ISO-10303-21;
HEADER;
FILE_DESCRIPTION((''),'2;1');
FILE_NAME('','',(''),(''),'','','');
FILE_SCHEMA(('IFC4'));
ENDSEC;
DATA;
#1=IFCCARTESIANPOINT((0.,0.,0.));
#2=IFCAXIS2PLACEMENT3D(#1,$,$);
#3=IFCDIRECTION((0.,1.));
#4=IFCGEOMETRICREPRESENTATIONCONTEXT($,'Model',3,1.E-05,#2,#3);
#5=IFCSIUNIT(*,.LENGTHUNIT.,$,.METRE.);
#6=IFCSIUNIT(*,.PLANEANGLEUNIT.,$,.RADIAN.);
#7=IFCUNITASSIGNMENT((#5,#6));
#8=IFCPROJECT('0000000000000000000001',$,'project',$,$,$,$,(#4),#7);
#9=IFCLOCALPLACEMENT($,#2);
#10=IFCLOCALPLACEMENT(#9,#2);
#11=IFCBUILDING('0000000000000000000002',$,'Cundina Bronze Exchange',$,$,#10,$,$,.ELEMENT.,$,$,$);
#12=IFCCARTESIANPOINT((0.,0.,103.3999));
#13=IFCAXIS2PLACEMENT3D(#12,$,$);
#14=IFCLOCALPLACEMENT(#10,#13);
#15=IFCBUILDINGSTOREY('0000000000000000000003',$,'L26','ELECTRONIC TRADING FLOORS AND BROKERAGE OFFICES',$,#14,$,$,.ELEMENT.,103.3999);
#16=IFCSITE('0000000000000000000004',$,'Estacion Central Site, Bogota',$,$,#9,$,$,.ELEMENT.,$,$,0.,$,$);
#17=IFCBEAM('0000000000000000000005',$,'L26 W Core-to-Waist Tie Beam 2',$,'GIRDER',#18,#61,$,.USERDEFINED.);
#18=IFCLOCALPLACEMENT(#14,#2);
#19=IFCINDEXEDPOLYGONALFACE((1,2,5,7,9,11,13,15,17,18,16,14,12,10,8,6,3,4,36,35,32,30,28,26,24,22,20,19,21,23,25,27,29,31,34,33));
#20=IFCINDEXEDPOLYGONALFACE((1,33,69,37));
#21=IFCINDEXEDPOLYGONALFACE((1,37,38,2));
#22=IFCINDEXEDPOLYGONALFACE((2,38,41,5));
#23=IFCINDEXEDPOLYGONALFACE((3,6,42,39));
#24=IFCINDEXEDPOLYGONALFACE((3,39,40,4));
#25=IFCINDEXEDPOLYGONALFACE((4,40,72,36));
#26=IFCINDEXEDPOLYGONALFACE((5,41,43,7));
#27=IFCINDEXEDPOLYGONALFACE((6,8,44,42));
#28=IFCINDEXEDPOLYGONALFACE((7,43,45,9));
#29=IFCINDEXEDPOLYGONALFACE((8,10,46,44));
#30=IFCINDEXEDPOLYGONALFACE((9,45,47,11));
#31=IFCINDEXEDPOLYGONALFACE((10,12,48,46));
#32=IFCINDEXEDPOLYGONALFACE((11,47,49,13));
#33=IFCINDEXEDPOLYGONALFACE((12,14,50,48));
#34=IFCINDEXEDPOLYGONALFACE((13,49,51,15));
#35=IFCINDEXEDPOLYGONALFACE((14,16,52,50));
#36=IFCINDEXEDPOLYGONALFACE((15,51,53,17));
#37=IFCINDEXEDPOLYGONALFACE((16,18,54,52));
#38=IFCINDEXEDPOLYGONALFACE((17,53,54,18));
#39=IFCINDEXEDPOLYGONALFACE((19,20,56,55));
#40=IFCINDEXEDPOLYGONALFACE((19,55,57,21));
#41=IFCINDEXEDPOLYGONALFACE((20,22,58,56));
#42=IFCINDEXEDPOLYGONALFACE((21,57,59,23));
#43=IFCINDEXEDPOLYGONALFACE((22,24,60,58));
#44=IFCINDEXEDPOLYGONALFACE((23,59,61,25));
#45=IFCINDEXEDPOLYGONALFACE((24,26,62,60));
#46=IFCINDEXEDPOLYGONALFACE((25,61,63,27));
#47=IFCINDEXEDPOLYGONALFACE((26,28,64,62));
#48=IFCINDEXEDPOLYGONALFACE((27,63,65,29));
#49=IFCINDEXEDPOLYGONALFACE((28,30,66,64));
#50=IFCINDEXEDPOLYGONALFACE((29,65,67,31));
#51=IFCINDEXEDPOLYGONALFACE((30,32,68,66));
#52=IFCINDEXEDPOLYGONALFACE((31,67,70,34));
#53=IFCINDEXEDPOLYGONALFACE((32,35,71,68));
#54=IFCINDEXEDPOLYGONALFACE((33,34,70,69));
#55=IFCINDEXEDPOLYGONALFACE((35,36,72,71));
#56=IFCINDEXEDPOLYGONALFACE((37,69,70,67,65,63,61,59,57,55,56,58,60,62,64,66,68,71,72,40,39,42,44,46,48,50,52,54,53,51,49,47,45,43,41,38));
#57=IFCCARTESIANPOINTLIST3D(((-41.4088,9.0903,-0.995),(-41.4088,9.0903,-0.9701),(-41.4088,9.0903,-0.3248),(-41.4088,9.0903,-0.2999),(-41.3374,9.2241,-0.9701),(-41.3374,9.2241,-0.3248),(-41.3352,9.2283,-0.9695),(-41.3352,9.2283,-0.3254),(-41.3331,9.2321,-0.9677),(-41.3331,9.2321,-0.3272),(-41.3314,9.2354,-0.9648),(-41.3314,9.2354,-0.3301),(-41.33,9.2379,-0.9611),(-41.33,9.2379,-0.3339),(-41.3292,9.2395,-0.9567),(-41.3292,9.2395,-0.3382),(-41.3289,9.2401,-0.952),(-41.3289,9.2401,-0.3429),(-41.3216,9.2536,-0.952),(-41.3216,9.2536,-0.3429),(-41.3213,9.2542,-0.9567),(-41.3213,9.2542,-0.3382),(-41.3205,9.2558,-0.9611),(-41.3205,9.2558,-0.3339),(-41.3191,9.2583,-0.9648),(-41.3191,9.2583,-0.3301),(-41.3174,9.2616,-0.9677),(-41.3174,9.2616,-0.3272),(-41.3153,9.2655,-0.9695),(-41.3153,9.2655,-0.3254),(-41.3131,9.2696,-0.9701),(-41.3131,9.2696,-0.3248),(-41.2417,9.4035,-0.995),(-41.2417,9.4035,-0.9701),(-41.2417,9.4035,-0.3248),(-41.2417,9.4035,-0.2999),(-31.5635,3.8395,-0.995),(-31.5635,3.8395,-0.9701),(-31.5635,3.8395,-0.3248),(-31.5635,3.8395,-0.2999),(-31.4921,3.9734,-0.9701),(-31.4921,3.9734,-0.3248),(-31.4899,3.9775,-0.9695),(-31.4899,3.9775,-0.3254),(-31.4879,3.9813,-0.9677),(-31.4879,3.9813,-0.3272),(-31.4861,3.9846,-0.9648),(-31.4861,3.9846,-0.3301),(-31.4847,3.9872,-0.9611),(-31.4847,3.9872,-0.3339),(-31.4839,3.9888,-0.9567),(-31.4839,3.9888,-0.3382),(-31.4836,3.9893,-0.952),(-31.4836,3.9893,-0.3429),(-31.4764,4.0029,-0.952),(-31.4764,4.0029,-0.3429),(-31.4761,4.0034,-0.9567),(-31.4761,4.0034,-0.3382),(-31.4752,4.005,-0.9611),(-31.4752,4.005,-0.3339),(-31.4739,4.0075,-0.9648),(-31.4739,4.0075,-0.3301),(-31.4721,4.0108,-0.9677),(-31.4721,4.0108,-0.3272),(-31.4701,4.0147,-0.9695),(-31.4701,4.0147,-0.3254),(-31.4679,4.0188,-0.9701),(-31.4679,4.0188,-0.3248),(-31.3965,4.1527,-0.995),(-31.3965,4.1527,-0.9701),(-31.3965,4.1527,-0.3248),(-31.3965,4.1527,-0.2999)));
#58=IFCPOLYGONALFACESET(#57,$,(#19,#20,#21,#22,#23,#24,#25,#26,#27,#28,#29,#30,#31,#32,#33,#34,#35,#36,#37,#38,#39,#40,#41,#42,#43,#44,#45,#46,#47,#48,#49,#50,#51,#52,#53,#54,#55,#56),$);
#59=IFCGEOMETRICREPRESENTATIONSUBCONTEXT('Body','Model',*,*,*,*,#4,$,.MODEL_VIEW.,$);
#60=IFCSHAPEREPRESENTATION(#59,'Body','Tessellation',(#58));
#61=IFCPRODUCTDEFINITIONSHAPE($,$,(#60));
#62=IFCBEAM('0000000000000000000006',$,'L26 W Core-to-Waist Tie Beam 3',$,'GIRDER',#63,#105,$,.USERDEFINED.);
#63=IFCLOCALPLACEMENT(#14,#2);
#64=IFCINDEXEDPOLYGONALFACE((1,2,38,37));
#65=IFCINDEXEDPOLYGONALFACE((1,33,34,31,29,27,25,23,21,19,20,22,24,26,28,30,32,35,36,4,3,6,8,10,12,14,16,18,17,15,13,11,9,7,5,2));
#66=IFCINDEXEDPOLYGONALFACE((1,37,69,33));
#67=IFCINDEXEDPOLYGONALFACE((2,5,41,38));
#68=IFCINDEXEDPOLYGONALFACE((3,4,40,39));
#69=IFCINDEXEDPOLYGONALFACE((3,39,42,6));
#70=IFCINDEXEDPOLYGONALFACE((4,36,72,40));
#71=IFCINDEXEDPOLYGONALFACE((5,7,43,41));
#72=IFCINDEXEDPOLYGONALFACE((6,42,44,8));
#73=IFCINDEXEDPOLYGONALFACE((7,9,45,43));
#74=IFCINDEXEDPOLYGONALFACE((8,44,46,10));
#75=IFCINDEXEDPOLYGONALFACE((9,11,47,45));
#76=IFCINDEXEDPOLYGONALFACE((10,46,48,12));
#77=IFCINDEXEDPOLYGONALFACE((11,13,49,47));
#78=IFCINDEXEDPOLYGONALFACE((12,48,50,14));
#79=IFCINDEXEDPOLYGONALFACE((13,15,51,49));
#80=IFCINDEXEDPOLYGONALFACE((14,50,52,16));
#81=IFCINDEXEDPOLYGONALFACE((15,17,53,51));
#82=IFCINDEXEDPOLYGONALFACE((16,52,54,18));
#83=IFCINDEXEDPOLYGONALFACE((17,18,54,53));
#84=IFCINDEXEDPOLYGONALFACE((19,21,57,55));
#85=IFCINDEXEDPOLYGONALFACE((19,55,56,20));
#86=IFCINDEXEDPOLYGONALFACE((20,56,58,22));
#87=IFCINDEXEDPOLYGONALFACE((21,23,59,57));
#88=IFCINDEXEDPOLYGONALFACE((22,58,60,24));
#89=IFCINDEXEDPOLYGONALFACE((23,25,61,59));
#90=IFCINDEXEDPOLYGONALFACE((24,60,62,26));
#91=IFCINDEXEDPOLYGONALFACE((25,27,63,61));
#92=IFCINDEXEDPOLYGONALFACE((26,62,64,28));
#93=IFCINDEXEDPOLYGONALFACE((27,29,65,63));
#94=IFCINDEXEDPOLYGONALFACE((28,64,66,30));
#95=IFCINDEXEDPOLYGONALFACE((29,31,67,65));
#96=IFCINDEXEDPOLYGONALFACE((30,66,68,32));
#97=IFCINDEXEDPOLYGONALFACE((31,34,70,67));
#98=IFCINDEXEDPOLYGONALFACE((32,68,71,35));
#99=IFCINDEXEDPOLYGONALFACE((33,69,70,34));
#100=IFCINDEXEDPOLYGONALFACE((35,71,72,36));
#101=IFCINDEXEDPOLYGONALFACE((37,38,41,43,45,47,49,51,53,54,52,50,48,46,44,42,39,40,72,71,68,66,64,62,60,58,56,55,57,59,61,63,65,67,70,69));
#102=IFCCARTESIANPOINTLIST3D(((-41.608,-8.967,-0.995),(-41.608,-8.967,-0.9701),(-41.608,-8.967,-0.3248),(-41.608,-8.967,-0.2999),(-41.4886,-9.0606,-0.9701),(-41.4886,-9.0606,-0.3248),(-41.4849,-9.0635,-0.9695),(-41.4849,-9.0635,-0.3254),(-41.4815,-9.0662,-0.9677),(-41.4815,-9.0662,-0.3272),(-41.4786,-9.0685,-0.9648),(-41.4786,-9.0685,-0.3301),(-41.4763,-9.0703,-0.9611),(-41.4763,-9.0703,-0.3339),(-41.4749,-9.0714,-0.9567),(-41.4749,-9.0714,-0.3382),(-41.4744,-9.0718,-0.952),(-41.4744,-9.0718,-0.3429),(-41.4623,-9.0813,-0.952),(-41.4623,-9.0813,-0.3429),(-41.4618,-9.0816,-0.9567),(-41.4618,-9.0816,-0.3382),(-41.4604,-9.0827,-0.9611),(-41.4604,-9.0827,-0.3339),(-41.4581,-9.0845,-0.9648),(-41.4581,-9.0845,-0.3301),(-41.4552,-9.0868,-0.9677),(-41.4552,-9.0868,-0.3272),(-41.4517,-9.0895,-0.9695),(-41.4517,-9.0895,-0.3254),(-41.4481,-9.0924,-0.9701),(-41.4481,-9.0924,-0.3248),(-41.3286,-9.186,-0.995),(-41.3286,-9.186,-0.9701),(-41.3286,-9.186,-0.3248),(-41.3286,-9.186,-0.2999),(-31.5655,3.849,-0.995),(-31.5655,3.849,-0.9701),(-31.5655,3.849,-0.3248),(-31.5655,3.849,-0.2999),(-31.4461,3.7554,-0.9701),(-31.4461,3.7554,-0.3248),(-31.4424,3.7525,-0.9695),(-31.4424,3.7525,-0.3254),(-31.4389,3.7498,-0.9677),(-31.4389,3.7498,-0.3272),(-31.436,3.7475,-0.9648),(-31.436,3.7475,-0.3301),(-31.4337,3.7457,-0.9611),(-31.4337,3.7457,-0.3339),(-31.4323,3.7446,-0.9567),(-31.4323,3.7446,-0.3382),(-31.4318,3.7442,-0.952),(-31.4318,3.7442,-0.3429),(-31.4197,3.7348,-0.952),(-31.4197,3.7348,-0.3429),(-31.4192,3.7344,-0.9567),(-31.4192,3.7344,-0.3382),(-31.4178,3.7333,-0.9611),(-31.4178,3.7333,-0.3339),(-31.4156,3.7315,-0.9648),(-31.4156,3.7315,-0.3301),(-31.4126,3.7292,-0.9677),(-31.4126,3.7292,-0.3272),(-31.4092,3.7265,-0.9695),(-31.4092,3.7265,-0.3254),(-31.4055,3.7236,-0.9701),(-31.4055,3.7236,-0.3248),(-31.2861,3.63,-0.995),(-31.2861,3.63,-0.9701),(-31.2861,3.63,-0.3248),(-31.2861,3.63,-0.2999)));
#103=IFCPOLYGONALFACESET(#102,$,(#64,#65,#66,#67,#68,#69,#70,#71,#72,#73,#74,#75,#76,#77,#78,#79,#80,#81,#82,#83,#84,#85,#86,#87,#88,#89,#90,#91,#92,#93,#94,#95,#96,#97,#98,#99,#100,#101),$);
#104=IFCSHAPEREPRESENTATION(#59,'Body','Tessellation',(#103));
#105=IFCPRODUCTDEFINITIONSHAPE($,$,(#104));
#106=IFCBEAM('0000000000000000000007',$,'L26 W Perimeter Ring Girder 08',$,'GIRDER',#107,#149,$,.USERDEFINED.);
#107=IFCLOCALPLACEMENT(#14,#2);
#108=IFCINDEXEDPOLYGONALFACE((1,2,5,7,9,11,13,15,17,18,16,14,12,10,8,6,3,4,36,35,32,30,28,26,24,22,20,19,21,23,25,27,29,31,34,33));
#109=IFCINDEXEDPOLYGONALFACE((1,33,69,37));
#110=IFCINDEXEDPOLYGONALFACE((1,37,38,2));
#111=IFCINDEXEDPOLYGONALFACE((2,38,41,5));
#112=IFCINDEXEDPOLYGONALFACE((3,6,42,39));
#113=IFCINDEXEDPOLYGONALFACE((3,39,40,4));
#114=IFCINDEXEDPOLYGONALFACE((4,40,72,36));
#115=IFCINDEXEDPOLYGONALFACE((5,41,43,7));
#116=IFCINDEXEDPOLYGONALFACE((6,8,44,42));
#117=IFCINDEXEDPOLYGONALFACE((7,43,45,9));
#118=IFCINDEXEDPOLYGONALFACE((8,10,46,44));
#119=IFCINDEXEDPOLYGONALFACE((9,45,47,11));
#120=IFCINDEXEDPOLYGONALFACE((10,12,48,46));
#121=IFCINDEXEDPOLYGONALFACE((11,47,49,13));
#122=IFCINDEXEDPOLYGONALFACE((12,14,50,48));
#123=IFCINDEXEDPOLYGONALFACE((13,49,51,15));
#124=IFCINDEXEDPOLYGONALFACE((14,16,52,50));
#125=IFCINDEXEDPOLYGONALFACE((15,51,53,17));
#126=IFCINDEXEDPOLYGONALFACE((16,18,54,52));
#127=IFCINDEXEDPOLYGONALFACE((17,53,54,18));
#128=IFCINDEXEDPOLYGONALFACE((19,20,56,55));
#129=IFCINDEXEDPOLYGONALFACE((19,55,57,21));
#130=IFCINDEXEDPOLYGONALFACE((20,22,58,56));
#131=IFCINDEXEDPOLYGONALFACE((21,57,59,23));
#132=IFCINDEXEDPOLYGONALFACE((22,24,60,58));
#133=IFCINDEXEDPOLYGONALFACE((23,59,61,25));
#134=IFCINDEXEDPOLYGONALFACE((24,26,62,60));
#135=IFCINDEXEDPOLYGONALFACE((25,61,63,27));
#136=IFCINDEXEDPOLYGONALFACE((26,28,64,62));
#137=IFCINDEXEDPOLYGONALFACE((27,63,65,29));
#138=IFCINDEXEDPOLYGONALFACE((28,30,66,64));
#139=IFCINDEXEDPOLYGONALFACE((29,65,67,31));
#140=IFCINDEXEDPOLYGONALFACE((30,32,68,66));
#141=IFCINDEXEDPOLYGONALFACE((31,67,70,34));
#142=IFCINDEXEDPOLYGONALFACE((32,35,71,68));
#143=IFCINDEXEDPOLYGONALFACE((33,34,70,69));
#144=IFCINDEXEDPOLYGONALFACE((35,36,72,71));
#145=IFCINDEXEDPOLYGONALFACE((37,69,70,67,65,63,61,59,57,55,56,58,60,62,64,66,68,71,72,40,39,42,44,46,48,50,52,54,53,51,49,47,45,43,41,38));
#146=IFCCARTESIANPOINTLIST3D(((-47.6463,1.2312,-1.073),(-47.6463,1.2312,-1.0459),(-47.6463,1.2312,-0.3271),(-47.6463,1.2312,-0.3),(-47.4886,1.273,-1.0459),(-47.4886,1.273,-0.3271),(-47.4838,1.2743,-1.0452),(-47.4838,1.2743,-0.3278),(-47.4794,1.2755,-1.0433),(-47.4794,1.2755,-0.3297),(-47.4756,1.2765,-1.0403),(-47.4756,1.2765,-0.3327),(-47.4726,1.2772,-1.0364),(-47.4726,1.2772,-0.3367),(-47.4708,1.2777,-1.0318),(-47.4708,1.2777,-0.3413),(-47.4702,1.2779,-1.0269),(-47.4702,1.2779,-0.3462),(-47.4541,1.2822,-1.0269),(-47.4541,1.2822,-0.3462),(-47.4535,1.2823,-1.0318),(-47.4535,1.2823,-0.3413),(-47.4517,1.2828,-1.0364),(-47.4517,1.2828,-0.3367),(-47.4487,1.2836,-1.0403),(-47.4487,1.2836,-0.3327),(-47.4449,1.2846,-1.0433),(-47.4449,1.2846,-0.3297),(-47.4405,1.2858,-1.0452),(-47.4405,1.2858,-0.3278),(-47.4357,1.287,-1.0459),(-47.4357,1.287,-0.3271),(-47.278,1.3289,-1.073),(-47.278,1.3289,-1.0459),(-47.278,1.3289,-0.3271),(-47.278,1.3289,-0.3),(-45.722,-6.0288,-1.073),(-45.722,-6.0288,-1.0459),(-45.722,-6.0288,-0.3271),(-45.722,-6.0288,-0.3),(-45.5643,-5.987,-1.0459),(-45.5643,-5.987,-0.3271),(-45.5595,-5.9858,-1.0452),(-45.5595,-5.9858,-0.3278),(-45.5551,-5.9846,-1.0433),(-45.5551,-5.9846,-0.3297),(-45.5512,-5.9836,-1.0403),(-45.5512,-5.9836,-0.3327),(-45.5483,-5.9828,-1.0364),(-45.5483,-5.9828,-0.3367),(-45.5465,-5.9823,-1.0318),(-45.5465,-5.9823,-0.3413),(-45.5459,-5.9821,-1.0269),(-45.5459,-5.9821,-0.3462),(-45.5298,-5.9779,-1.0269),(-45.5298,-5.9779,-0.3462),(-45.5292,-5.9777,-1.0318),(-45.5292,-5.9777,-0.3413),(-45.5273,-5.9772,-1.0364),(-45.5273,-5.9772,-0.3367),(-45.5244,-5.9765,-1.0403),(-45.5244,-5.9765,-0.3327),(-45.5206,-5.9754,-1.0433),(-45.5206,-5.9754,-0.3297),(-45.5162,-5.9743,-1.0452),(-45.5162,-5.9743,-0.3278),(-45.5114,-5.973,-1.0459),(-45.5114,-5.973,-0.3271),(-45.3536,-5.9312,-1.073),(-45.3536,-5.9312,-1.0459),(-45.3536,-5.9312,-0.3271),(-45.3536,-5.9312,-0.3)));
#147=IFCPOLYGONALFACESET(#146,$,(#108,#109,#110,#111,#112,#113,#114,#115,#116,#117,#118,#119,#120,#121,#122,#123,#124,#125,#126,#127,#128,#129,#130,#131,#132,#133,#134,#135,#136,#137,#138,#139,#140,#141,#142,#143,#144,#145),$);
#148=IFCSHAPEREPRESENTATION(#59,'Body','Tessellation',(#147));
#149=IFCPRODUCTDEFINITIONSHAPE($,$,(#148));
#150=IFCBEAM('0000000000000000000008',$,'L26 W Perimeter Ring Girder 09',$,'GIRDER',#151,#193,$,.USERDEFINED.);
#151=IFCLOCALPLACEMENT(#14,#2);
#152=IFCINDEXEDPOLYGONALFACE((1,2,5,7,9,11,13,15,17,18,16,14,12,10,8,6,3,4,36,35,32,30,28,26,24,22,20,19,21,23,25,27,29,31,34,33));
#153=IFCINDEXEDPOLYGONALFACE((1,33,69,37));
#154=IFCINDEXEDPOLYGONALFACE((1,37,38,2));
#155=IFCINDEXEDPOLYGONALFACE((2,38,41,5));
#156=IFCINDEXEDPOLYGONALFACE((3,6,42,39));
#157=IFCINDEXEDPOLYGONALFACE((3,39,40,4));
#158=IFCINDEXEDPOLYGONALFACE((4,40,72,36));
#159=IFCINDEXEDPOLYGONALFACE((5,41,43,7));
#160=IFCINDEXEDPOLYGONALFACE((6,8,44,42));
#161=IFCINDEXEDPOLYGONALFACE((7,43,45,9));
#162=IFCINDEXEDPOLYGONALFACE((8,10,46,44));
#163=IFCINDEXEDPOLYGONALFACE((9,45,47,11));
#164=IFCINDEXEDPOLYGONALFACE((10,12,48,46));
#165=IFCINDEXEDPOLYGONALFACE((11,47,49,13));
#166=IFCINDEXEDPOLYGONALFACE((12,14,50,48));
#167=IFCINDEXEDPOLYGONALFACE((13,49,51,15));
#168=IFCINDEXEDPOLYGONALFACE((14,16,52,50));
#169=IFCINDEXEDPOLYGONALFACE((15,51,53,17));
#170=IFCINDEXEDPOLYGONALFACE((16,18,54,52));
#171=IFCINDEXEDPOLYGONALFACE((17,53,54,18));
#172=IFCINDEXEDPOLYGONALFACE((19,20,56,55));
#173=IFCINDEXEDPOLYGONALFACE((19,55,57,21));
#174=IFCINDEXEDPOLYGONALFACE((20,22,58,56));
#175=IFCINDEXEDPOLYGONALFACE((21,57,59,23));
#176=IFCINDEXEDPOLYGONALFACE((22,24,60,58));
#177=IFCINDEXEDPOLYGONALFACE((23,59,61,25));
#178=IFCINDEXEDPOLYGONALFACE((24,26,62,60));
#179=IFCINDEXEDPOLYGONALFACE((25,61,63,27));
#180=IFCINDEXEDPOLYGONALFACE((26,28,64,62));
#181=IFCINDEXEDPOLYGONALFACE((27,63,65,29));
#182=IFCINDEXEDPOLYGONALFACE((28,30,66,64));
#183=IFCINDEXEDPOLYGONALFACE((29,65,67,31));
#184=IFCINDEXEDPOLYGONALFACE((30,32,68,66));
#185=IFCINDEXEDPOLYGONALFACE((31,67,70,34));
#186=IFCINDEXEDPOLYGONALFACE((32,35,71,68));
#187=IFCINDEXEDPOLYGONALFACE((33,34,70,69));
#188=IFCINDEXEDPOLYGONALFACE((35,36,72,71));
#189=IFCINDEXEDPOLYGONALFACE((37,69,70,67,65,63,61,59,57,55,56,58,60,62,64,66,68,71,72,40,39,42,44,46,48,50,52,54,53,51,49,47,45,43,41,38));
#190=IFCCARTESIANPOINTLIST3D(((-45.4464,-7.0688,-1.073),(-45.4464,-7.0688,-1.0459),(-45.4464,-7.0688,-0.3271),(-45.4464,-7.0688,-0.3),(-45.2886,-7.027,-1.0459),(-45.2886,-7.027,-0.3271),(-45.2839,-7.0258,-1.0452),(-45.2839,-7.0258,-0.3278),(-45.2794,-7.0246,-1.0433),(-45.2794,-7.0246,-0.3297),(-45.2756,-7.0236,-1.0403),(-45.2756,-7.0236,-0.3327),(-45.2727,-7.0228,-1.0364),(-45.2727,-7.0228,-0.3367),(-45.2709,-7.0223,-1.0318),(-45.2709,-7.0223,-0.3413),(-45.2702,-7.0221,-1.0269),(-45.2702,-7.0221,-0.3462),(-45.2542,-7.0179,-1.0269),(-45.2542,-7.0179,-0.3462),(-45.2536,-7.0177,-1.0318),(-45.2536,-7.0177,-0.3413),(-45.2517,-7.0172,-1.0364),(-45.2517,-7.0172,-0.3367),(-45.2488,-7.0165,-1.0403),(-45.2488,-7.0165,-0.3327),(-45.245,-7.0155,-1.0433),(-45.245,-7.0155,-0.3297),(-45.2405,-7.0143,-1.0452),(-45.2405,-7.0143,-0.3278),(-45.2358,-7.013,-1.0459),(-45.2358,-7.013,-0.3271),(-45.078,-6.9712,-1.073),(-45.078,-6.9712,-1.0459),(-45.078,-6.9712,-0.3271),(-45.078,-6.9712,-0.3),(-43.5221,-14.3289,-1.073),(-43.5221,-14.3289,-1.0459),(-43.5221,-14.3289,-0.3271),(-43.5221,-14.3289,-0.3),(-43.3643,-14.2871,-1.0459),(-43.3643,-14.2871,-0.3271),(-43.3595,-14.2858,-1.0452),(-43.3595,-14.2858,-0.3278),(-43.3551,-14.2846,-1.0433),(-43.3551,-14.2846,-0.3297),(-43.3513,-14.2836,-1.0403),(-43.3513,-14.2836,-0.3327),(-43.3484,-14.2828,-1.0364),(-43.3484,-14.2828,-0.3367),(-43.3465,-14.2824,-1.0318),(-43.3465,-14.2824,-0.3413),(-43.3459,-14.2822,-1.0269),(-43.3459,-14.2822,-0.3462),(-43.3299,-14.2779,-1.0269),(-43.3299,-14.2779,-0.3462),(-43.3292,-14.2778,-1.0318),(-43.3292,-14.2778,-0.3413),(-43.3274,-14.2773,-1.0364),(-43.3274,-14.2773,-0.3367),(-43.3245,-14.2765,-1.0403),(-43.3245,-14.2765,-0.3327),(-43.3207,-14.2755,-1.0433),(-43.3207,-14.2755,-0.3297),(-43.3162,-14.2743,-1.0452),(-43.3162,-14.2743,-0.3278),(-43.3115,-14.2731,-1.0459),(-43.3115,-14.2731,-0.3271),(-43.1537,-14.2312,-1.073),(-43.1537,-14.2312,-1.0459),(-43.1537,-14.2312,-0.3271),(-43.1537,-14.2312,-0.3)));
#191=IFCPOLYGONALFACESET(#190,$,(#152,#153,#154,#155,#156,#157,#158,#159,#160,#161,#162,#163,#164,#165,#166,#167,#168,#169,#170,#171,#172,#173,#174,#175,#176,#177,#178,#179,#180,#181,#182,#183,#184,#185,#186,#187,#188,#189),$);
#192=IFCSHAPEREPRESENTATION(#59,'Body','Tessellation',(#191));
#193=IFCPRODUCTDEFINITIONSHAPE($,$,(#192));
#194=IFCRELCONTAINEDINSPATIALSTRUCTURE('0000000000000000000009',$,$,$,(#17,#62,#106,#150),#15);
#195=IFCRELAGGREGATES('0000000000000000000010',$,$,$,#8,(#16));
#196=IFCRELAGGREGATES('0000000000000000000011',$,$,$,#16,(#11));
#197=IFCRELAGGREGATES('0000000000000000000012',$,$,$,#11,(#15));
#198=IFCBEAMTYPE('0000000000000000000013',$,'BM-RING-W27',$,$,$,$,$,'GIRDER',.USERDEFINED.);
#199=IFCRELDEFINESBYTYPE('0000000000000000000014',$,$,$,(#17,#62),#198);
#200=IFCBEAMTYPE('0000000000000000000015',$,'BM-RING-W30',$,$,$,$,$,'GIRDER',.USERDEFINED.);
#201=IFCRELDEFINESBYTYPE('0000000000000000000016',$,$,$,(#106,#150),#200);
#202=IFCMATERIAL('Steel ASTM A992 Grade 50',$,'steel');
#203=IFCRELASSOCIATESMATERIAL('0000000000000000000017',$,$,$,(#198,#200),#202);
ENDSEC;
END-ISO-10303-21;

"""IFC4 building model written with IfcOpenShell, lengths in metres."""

from ifc_helpers import new_model, si_unit, direction, frame, origin, origin_2d, place, context, subcontext, project, spatial, i_section, extrude, material, material_profile, profile_set, type_object, element, save


model = new_model("IFC4")

# Units and contexts
model_context = context("Model", 3, precision=1e-05, world=origin(), true_north=direction((0.0, 1.0)))
body_context = subcontext(model_context, "Body", "Model", "MODEL_VIEW")
ifc_project = project(units=[si_unit("LENGTHUNIT", "METRE"), si_unit("PLANEANGLEUNIT", "RADIAN")], contexts=[model_context])

# Site, building, storey
site_placement = place(None, origin())
site = spatial("IfcSite", under=ifc_project, at=site_placement, Name="Estacion Central Site, Bogota", CompositionType="ELEMENT", RefElevation=0.0)
building_placement = place(site_placement, origin())
building = spatial("IfcBuilding", under=site, at=building_placement, Name="Cundina Bronze Exchange", CompositionType="ELEMENT")
storey_placement = place(building_placement, frame((0.0, 0.0, 103.3999)))
storey = spatial("IfcBuildingStorey", under=building, at=storey_placement, Name="L26", Description="ELECTRONIC TRADING FLOORS AND BROKERAGE OFFICES", CompositionType="ELEMENT", Elevation=103.3999)

# Shared definitions
ifc_material_1 = material(Name="Steel ASTM A992 Grade 50", Category="steel")

# Beams
ifc_material_profile_1 = material_profile(ifc_material_1, i_section(OverallWidth=0.355, OverallDepth=0.6951, WebThickness=0.0154, FlangeThickness=0.0249, FilletRadius=0.0181, at=origin_2d()), Name="W27X146", Category="steel")
ifc_profile_set_1 = profile_set([ifc_material_profile_1], Name="Steel ASTM A992 Grade 50")
beam_type_1 = type_object("IfcBeamType", Name="BM-RING-W27", ElementType="GIRDER", PredefinedType="USERDEFINED", material=ifc_profile_set_1)
beam_1_placement = place(storey_placement, frame((-31.48, 3.9961, -0.6475), z_axis=(-0.882355, 0.470585, 0.0), x_axis=(-0.470585, -0.882355, 0.0)))
element("IfcBeam", 1, at=beam_1_placement, inside=storey, type_object=beam_type_1, Name="L26 W Core-to-Waist Tie Beam 2", ObjectType="GIRDER", PredefinedType="USERDEFINED", context=body_context, shape_type="SweptSolid", body=[
    extrude(i_section(OverallWidth=0.355, OverallDepth=0.6951, WebThickness=0.0154, FlangeThickness=0.0249, FilletRadius=0.0181, at=origin_2d()), origin(), (0.0, 0.0, 1.0), 11.158),
])
beam_2_placement = place(storey_placement, frame((-31.4258, 3.7395, -0.6475), z_axis=(-0.616789, -0.787128, 0.0), x_axis=(0.787128, -0.616789, 0.0)))
element("IfcBeam", 2, at=beam_2_placement, inside=storey, type_object=beam_type_1, Name="L26 W Core-to-Waist Tie Beam 3", ObjectType="GIRDER", PredefinedType="USERDEFINED", context=body_context, shape_type="SweptSolid", body=[
    extrude(i_section(OverallWidth=0.355, OverallDepth=0.6951, WebThickness=0.0154, FlangeThickness=0.0249, FilletRadius=0.0181, at=origin_2d()), origin(), (0.0, 0.0, 1.0), 16.282),
])
ifc_material_profile_2 = material_profile(ifc_material_1, i_section(OverallWidth=0.3811, OverallDepth=0.7729, WebThickness=0.0166, FlangeThickness=0.0271, FilletRadius=0.019, at=origin_2d()), Name="W30X173", Category="steel")
ifc_profile_set_2 = profile_set([ifc_material_profile_2], Name="Steel ASTM A992 Grade 50")
beam_type_2 = type_object("IfcBeamType", Name="BM-RING-W30", ElementType="GIRDER", PredefinedType="USERDEFINED", material=ifc_profile_set_2)
for number, where, z_axis, x_axis, name in (
    (3, (-47.4622, 1.28, -0.6865), (0.25621, -0.966621, 0.0), (0.966621, 0.25621, 0.0), "L26 W Perimeter Ring Girder 08"),
    (4, (-45.2622, -7.02, -0.6865), (0.25621, -0.966621, 0.0), (0.966621, 0.25621, 0.0), "L26 W Perimeter Ring Girder 09"),
):
    element("IfcBeam", number, at=place(storey_placement, frame(where, z_axis=z_axis, x_axis=x_axis)), inside=storey, type_object=beam_type_2, Name=name, ObjectType="GIRDER", PredefinedType="USERDEFINED", context=body_context, shape_type="SweptSolid", body=[
        extrude(i_section(OverallWidth=0.3811, OverallDepth=0.7729, WebThickness=0.0166, FlangeThickness=0.0271, FilletRadius=0.019, at=origin_2d()), origin(), (0.0, 0.0, 1.0), 7.5107),
    ])

save(model, "model.ifc")
